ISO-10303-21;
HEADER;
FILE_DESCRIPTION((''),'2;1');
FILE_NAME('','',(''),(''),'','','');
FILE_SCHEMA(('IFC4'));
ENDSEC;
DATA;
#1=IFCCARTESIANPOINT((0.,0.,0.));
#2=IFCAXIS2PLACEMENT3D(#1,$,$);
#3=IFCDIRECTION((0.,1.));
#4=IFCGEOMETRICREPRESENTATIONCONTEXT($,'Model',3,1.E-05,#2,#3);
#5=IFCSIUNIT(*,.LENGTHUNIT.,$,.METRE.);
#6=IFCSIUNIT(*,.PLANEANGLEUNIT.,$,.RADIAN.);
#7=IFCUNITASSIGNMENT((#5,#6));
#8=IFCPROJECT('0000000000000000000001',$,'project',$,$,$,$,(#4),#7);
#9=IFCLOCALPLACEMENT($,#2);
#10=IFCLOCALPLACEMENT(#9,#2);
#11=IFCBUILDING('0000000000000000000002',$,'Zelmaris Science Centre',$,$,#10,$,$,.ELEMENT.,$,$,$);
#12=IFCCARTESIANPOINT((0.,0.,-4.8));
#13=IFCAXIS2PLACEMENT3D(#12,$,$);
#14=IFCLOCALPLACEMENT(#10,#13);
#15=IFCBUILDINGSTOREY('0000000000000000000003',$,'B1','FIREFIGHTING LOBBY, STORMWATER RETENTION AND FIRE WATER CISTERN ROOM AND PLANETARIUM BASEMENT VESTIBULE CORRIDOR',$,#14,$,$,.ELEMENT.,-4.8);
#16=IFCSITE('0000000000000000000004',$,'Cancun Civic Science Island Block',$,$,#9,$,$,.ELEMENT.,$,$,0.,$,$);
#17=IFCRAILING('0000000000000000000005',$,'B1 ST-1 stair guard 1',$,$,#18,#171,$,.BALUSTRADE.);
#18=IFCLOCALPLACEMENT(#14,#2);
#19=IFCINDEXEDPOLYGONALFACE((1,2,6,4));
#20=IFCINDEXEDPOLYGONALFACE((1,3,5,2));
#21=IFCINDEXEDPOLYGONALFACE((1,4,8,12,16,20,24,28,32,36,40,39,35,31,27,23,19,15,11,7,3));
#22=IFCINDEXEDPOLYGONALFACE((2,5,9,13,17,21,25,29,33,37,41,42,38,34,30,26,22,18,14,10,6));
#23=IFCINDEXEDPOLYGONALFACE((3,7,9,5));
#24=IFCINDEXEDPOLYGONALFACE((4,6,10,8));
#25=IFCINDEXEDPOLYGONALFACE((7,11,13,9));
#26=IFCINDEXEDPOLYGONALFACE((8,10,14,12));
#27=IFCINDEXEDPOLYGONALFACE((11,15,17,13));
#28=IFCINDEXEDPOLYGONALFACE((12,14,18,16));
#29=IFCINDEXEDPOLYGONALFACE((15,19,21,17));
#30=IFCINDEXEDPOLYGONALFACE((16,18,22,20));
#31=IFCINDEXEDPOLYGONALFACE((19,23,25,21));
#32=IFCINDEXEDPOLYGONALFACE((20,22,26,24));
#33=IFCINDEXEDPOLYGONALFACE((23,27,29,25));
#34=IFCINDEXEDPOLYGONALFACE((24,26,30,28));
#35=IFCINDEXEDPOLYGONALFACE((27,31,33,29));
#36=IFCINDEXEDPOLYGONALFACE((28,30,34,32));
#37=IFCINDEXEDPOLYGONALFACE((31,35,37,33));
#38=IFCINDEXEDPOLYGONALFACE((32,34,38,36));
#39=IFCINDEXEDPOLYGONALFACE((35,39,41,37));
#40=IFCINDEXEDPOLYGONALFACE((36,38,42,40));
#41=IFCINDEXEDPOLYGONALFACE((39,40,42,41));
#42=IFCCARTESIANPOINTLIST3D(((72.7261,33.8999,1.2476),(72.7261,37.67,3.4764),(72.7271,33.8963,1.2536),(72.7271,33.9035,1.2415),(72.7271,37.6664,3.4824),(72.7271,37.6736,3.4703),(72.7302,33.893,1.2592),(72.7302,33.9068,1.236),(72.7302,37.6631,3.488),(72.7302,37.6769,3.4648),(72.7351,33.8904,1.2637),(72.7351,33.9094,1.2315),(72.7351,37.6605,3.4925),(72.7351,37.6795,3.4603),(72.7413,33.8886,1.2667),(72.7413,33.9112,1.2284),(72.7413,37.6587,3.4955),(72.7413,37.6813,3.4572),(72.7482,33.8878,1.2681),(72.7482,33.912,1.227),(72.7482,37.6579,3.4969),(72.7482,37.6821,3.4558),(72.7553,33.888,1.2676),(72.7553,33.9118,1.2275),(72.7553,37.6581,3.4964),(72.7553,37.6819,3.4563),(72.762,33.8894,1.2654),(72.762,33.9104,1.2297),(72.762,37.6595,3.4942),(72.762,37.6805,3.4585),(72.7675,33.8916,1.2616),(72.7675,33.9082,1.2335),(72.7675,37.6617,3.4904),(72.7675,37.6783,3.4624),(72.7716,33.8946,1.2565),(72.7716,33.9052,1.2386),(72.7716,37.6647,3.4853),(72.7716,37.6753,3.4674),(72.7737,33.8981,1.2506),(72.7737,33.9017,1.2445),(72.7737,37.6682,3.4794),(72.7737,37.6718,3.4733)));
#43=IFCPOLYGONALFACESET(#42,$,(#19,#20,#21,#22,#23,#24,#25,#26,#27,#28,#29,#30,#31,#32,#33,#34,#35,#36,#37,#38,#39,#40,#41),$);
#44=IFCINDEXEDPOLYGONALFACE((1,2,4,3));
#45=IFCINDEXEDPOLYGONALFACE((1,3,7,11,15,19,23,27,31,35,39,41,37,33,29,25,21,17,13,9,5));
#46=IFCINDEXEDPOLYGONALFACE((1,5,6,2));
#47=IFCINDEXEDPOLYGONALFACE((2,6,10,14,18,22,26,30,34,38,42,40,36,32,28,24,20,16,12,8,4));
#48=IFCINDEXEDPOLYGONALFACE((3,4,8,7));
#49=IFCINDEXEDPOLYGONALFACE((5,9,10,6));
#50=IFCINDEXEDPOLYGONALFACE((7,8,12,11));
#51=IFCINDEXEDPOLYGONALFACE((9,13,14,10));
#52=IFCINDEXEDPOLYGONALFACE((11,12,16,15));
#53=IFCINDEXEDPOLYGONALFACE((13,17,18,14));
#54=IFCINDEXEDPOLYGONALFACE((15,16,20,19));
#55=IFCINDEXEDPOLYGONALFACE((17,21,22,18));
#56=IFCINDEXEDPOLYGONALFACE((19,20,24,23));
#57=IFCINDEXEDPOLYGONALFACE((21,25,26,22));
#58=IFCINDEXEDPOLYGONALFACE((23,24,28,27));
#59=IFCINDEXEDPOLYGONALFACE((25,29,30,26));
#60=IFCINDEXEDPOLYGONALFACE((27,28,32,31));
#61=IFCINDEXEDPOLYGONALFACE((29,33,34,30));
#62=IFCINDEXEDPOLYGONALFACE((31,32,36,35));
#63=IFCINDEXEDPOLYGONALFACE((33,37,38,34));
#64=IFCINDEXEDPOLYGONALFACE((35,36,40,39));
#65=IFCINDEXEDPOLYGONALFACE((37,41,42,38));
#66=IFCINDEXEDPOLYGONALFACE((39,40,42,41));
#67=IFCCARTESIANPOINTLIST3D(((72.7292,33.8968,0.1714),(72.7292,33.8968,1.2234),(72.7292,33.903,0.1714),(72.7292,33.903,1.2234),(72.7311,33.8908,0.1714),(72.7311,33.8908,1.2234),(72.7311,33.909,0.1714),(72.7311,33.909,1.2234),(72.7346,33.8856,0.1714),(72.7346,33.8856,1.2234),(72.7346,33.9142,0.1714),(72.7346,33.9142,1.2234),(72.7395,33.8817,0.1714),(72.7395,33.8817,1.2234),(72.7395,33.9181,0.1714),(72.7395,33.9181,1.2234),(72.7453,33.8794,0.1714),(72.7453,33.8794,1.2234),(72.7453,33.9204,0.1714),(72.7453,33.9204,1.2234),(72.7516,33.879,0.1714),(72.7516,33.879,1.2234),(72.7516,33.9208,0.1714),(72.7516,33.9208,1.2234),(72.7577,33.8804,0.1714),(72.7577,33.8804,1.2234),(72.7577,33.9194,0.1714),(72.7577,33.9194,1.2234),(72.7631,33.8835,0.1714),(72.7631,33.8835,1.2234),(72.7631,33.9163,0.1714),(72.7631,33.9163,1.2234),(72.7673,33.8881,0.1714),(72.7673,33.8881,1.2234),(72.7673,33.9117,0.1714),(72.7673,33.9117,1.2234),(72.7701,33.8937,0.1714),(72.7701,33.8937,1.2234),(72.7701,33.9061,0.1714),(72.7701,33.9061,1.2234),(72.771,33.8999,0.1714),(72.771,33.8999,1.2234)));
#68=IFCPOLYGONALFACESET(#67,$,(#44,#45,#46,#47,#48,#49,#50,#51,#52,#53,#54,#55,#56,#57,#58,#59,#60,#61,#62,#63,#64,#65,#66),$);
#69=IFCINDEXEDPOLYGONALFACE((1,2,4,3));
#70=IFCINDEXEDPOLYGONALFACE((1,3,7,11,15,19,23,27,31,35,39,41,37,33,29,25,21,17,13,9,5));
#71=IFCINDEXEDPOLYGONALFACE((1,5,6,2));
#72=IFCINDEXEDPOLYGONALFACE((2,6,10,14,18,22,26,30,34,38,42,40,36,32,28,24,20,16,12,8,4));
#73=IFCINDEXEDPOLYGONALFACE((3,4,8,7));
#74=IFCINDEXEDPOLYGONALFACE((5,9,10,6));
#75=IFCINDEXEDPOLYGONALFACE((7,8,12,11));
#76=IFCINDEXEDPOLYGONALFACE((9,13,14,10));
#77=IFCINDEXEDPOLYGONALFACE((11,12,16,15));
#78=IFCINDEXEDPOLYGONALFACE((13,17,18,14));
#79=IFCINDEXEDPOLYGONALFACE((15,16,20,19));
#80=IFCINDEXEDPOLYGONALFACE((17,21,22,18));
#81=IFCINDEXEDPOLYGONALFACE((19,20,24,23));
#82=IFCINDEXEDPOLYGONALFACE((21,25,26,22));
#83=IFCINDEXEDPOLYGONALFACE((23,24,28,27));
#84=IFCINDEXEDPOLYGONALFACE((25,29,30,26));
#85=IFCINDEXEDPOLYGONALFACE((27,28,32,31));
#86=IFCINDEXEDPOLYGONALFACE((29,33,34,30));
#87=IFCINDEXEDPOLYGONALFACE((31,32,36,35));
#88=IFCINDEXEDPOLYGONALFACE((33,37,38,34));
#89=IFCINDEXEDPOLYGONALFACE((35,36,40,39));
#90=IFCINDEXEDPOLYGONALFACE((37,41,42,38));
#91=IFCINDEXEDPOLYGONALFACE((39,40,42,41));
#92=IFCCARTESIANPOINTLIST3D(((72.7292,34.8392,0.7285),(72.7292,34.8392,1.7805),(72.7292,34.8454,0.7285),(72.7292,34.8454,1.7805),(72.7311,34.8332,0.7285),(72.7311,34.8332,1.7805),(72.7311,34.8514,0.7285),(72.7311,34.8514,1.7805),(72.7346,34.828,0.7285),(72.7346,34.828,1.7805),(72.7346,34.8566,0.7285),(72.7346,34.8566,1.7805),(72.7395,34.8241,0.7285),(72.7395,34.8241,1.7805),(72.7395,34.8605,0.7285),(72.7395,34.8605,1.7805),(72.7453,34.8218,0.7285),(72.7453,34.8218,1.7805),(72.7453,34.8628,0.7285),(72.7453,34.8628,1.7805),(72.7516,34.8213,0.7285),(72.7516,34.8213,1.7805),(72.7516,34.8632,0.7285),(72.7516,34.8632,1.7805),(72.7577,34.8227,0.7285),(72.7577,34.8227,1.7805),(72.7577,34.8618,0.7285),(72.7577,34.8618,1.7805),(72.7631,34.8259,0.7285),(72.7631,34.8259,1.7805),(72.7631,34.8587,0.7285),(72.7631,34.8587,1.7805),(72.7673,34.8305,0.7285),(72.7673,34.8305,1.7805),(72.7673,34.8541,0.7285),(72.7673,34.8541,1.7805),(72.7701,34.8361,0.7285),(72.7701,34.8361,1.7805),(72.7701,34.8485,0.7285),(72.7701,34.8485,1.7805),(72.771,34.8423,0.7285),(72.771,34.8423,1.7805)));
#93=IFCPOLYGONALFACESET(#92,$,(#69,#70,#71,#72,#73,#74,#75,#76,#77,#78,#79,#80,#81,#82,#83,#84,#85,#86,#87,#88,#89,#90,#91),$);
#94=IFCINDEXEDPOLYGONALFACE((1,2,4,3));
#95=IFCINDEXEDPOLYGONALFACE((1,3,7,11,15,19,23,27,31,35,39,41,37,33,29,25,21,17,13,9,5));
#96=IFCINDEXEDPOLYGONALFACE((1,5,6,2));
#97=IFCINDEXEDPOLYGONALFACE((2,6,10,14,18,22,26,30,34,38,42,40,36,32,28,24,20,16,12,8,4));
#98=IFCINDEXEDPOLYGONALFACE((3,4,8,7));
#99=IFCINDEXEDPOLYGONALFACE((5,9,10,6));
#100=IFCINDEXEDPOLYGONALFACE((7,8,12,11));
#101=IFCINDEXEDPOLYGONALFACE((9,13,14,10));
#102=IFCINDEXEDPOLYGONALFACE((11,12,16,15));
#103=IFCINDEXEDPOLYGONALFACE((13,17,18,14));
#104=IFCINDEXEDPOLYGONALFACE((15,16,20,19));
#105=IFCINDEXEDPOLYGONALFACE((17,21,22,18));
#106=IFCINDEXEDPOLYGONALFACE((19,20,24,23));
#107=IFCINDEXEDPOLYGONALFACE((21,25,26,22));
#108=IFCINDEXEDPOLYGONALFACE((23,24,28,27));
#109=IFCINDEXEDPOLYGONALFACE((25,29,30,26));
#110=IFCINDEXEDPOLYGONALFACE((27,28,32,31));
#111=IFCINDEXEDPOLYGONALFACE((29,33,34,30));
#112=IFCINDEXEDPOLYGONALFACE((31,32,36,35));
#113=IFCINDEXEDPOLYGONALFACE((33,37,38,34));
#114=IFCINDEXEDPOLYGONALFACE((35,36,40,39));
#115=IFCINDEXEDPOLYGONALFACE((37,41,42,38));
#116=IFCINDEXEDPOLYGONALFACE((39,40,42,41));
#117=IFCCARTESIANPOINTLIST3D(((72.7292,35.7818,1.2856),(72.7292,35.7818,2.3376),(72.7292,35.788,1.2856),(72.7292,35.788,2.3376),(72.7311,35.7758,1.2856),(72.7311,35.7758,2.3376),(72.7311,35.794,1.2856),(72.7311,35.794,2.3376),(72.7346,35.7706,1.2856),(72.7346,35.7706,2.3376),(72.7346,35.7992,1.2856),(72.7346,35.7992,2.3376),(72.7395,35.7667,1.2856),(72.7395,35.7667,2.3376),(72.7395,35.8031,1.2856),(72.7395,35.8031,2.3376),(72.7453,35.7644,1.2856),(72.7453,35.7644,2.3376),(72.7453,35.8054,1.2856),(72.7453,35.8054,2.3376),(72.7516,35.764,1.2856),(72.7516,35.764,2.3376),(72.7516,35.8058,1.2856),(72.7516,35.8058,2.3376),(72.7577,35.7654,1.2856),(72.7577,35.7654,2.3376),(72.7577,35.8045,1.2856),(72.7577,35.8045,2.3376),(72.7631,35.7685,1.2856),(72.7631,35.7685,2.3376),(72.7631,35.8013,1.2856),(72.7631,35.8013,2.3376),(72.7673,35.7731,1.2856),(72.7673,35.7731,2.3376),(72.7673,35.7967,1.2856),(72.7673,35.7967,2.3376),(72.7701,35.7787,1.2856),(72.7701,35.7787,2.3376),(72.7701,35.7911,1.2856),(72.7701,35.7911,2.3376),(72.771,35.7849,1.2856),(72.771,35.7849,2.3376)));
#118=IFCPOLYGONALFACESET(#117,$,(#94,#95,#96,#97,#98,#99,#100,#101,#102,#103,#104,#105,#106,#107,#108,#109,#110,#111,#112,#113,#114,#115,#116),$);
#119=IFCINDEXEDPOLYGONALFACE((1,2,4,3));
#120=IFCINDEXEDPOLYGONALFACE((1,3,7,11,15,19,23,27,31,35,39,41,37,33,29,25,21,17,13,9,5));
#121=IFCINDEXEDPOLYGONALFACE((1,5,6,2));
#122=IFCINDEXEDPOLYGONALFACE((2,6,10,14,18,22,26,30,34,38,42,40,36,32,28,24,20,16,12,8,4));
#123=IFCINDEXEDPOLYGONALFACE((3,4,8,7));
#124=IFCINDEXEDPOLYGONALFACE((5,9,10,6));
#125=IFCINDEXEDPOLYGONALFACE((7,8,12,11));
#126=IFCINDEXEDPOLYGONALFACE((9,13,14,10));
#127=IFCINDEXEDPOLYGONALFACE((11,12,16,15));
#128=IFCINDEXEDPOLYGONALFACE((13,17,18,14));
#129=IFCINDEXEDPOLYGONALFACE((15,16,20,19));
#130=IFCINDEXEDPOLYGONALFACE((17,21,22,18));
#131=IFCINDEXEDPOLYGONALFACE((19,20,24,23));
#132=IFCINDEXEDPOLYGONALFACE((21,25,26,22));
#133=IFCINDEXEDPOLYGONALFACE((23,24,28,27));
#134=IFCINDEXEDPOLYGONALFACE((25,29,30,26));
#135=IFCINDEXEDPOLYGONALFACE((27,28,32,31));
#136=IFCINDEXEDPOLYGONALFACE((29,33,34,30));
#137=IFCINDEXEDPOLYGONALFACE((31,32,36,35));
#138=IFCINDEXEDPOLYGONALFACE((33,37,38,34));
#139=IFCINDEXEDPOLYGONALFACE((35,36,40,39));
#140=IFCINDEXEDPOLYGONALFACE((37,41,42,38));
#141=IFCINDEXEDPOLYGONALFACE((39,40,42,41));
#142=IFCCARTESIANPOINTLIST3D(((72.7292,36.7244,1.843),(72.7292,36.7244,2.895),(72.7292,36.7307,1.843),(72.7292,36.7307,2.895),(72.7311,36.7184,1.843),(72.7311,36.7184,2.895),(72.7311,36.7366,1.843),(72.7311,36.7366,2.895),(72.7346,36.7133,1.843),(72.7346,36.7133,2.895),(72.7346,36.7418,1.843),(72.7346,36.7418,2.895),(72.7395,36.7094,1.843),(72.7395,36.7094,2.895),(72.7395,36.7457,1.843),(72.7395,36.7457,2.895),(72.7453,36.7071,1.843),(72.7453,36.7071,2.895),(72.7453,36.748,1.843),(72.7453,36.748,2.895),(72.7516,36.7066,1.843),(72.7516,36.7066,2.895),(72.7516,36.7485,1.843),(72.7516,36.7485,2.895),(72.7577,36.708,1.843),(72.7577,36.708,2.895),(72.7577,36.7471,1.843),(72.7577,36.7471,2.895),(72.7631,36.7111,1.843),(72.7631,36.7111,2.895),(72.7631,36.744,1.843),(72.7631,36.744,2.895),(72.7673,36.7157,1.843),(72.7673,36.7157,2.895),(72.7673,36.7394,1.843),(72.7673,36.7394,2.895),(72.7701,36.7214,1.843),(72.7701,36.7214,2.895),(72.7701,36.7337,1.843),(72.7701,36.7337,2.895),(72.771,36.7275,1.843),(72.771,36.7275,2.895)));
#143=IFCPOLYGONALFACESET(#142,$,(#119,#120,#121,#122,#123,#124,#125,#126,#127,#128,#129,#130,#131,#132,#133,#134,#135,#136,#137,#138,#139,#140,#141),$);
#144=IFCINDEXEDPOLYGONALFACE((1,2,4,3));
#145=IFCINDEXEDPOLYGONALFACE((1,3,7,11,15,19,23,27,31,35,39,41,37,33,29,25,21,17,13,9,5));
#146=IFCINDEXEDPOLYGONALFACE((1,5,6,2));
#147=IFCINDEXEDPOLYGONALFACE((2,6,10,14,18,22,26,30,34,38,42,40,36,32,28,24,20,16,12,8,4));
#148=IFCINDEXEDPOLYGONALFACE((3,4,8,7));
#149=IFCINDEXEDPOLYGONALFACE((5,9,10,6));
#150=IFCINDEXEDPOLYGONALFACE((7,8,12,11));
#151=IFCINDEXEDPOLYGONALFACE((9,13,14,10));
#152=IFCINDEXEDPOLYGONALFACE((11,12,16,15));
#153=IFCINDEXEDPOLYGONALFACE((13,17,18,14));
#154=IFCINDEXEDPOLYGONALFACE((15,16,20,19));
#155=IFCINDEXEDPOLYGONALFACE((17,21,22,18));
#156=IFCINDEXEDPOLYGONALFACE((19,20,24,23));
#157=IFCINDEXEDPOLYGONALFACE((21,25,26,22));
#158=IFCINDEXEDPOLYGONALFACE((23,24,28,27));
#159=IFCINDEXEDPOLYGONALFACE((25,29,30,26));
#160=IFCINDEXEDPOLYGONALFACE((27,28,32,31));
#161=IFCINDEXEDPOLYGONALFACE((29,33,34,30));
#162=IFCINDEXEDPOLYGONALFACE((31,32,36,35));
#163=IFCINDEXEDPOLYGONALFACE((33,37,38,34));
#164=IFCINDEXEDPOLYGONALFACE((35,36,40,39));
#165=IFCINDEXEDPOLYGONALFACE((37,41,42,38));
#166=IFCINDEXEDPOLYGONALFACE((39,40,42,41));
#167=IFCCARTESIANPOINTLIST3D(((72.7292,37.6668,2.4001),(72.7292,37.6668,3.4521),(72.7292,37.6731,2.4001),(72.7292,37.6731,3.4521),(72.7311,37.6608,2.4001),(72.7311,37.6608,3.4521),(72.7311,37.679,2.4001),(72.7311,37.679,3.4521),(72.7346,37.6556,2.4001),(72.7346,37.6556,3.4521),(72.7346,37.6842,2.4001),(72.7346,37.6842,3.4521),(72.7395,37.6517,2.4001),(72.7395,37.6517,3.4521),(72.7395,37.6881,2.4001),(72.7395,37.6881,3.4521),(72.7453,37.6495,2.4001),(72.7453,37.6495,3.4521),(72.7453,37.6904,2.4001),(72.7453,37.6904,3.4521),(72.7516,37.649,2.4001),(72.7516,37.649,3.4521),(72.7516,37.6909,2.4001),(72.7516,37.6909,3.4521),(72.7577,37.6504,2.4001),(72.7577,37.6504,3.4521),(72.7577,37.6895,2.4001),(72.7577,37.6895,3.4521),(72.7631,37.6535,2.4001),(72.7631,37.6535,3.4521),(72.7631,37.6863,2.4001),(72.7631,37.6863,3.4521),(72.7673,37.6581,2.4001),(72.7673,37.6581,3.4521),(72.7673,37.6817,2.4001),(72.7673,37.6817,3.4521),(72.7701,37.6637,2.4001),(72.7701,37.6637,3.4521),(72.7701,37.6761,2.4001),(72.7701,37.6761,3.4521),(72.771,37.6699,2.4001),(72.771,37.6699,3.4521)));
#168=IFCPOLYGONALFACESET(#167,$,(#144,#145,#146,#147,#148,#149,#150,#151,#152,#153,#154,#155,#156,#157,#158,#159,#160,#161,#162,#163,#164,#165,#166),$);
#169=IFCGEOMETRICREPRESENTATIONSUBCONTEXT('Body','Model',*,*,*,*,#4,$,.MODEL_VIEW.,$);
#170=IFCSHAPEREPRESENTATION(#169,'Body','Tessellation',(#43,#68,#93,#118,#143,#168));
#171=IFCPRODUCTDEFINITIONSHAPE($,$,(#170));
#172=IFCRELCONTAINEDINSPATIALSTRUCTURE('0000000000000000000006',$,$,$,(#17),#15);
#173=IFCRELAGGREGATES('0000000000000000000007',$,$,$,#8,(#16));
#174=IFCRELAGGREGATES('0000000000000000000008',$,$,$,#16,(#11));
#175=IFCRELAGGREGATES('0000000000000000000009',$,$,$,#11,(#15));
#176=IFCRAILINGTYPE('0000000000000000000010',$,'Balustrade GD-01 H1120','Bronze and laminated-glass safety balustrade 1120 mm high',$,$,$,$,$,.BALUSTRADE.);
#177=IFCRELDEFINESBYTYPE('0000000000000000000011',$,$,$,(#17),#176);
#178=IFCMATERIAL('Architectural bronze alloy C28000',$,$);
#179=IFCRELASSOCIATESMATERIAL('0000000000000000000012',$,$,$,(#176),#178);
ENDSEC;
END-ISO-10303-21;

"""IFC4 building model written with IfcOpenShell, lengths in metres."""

from ifc_helpers import new_model, si_unit, direction, frame, origin, origin_2d, place, context, subcontext, project, spatial, circle, extrude, material, type_object, element, save


model = new_model("IFC4")

# Units and contexts
model_context = context("Model", 3, precision=1e-05, world=origin(), true_north=direction((0.0, 1.0)))
body_context = subcontext(model_context, "Body", "Model", "MODEL_VIEW")
ifc_project = project(units=[si_unit("LENGTHUNIT", "METRE"), si_unit("PLANEANGLEUNIT", "RADIAN")], contexts=[model_context])

# Site, building, storey
site_placement = place(None, origin())
site = spatial("IfcSite", under=ifc_project, at=site_placement, Name="Cancun Civic Science Island Block", CompositionType="ELEMENT", RefElevation=0.0)
building_placement = place(site_placement, origin())
building = spatial("IfcBuilding", under=site, at=building_placement, Name="Zelmaris Science Centre", CompositionType="ELEMENT")
storey_placement = place(building_placement, frame((0.0, 0.0, -4.8)))
storey = spatial("IfcBuildingStorey", under=building, at=storey_placement, Name="B1", Description="FIREFIGHTING LOBBY, STORMWATER RETENTION AND FIRE WATER CISTERN ROOM AND PLANETARIUM BASEMENT VESTIBULE CORRIDOR", CompositionType="ELEMENT", Elevation=-4.8)

# Railing
ifc_material_1 = material(Name="Architectural bronze alloy C28000")
railing_type_1 = type_object("IfcRailingType", Name="Balustrade GD-01 H1120", Description="Bronze and laminated-glass safety balustrade 1120 mm high", PredefinedType="BALUSTRADE", material=ifc_material_1)
railing_1_placement = place(storey_placement, frame((72.75, 33.8999, 0.1714)))
element("IfcRailing", 1, at=railing_1_placement, inside=storey, type_object=railing_type_1, Name="B1 ST-1 stair guard 1", PredefinedType="BALUSTRADE", context=body_context, shape_type="SweptSolid", body=[
    extrude(circle(Radius=0.0239, at=origin_2d()), frame((0.0, 0.0, 1.0762), z_axis=(0.0, 0.860824, 0.508902), x_axis=(-1.0, 0.0, 0.0)), (0.0, 0.0, 1.0), 4.3796),
    extrude(circle(Radius=0.021, at=origin_2d()), origin(), (0.0, 0.0, 1.0), 1.052),
    extrude(circle(Radius=0.021, at=origin_2d()), frame((0.0, 0.9424, 0.5571)), (0.0, 0.0, 1.0), 1.052),
    extrude(circle(Radius=0.021, at=origin_2d()), frame((0.0, 1.885, 1.1143)), (0.0, 0.0, 1.0), 1.052),
    extrude(circle(Radius=0.021, at=origin_2d()), frame((0.0, 2.8276, 1.6716)), (0.0, 0.0, 1.0), 1.052),
    extrude(circle(Radius=0.021, at=origin_2d()), frame((0.0, 3.77, 2.2288)), (0.0, 0.0, 1.0), 1.052),
])

save(model, "model.ifc")
